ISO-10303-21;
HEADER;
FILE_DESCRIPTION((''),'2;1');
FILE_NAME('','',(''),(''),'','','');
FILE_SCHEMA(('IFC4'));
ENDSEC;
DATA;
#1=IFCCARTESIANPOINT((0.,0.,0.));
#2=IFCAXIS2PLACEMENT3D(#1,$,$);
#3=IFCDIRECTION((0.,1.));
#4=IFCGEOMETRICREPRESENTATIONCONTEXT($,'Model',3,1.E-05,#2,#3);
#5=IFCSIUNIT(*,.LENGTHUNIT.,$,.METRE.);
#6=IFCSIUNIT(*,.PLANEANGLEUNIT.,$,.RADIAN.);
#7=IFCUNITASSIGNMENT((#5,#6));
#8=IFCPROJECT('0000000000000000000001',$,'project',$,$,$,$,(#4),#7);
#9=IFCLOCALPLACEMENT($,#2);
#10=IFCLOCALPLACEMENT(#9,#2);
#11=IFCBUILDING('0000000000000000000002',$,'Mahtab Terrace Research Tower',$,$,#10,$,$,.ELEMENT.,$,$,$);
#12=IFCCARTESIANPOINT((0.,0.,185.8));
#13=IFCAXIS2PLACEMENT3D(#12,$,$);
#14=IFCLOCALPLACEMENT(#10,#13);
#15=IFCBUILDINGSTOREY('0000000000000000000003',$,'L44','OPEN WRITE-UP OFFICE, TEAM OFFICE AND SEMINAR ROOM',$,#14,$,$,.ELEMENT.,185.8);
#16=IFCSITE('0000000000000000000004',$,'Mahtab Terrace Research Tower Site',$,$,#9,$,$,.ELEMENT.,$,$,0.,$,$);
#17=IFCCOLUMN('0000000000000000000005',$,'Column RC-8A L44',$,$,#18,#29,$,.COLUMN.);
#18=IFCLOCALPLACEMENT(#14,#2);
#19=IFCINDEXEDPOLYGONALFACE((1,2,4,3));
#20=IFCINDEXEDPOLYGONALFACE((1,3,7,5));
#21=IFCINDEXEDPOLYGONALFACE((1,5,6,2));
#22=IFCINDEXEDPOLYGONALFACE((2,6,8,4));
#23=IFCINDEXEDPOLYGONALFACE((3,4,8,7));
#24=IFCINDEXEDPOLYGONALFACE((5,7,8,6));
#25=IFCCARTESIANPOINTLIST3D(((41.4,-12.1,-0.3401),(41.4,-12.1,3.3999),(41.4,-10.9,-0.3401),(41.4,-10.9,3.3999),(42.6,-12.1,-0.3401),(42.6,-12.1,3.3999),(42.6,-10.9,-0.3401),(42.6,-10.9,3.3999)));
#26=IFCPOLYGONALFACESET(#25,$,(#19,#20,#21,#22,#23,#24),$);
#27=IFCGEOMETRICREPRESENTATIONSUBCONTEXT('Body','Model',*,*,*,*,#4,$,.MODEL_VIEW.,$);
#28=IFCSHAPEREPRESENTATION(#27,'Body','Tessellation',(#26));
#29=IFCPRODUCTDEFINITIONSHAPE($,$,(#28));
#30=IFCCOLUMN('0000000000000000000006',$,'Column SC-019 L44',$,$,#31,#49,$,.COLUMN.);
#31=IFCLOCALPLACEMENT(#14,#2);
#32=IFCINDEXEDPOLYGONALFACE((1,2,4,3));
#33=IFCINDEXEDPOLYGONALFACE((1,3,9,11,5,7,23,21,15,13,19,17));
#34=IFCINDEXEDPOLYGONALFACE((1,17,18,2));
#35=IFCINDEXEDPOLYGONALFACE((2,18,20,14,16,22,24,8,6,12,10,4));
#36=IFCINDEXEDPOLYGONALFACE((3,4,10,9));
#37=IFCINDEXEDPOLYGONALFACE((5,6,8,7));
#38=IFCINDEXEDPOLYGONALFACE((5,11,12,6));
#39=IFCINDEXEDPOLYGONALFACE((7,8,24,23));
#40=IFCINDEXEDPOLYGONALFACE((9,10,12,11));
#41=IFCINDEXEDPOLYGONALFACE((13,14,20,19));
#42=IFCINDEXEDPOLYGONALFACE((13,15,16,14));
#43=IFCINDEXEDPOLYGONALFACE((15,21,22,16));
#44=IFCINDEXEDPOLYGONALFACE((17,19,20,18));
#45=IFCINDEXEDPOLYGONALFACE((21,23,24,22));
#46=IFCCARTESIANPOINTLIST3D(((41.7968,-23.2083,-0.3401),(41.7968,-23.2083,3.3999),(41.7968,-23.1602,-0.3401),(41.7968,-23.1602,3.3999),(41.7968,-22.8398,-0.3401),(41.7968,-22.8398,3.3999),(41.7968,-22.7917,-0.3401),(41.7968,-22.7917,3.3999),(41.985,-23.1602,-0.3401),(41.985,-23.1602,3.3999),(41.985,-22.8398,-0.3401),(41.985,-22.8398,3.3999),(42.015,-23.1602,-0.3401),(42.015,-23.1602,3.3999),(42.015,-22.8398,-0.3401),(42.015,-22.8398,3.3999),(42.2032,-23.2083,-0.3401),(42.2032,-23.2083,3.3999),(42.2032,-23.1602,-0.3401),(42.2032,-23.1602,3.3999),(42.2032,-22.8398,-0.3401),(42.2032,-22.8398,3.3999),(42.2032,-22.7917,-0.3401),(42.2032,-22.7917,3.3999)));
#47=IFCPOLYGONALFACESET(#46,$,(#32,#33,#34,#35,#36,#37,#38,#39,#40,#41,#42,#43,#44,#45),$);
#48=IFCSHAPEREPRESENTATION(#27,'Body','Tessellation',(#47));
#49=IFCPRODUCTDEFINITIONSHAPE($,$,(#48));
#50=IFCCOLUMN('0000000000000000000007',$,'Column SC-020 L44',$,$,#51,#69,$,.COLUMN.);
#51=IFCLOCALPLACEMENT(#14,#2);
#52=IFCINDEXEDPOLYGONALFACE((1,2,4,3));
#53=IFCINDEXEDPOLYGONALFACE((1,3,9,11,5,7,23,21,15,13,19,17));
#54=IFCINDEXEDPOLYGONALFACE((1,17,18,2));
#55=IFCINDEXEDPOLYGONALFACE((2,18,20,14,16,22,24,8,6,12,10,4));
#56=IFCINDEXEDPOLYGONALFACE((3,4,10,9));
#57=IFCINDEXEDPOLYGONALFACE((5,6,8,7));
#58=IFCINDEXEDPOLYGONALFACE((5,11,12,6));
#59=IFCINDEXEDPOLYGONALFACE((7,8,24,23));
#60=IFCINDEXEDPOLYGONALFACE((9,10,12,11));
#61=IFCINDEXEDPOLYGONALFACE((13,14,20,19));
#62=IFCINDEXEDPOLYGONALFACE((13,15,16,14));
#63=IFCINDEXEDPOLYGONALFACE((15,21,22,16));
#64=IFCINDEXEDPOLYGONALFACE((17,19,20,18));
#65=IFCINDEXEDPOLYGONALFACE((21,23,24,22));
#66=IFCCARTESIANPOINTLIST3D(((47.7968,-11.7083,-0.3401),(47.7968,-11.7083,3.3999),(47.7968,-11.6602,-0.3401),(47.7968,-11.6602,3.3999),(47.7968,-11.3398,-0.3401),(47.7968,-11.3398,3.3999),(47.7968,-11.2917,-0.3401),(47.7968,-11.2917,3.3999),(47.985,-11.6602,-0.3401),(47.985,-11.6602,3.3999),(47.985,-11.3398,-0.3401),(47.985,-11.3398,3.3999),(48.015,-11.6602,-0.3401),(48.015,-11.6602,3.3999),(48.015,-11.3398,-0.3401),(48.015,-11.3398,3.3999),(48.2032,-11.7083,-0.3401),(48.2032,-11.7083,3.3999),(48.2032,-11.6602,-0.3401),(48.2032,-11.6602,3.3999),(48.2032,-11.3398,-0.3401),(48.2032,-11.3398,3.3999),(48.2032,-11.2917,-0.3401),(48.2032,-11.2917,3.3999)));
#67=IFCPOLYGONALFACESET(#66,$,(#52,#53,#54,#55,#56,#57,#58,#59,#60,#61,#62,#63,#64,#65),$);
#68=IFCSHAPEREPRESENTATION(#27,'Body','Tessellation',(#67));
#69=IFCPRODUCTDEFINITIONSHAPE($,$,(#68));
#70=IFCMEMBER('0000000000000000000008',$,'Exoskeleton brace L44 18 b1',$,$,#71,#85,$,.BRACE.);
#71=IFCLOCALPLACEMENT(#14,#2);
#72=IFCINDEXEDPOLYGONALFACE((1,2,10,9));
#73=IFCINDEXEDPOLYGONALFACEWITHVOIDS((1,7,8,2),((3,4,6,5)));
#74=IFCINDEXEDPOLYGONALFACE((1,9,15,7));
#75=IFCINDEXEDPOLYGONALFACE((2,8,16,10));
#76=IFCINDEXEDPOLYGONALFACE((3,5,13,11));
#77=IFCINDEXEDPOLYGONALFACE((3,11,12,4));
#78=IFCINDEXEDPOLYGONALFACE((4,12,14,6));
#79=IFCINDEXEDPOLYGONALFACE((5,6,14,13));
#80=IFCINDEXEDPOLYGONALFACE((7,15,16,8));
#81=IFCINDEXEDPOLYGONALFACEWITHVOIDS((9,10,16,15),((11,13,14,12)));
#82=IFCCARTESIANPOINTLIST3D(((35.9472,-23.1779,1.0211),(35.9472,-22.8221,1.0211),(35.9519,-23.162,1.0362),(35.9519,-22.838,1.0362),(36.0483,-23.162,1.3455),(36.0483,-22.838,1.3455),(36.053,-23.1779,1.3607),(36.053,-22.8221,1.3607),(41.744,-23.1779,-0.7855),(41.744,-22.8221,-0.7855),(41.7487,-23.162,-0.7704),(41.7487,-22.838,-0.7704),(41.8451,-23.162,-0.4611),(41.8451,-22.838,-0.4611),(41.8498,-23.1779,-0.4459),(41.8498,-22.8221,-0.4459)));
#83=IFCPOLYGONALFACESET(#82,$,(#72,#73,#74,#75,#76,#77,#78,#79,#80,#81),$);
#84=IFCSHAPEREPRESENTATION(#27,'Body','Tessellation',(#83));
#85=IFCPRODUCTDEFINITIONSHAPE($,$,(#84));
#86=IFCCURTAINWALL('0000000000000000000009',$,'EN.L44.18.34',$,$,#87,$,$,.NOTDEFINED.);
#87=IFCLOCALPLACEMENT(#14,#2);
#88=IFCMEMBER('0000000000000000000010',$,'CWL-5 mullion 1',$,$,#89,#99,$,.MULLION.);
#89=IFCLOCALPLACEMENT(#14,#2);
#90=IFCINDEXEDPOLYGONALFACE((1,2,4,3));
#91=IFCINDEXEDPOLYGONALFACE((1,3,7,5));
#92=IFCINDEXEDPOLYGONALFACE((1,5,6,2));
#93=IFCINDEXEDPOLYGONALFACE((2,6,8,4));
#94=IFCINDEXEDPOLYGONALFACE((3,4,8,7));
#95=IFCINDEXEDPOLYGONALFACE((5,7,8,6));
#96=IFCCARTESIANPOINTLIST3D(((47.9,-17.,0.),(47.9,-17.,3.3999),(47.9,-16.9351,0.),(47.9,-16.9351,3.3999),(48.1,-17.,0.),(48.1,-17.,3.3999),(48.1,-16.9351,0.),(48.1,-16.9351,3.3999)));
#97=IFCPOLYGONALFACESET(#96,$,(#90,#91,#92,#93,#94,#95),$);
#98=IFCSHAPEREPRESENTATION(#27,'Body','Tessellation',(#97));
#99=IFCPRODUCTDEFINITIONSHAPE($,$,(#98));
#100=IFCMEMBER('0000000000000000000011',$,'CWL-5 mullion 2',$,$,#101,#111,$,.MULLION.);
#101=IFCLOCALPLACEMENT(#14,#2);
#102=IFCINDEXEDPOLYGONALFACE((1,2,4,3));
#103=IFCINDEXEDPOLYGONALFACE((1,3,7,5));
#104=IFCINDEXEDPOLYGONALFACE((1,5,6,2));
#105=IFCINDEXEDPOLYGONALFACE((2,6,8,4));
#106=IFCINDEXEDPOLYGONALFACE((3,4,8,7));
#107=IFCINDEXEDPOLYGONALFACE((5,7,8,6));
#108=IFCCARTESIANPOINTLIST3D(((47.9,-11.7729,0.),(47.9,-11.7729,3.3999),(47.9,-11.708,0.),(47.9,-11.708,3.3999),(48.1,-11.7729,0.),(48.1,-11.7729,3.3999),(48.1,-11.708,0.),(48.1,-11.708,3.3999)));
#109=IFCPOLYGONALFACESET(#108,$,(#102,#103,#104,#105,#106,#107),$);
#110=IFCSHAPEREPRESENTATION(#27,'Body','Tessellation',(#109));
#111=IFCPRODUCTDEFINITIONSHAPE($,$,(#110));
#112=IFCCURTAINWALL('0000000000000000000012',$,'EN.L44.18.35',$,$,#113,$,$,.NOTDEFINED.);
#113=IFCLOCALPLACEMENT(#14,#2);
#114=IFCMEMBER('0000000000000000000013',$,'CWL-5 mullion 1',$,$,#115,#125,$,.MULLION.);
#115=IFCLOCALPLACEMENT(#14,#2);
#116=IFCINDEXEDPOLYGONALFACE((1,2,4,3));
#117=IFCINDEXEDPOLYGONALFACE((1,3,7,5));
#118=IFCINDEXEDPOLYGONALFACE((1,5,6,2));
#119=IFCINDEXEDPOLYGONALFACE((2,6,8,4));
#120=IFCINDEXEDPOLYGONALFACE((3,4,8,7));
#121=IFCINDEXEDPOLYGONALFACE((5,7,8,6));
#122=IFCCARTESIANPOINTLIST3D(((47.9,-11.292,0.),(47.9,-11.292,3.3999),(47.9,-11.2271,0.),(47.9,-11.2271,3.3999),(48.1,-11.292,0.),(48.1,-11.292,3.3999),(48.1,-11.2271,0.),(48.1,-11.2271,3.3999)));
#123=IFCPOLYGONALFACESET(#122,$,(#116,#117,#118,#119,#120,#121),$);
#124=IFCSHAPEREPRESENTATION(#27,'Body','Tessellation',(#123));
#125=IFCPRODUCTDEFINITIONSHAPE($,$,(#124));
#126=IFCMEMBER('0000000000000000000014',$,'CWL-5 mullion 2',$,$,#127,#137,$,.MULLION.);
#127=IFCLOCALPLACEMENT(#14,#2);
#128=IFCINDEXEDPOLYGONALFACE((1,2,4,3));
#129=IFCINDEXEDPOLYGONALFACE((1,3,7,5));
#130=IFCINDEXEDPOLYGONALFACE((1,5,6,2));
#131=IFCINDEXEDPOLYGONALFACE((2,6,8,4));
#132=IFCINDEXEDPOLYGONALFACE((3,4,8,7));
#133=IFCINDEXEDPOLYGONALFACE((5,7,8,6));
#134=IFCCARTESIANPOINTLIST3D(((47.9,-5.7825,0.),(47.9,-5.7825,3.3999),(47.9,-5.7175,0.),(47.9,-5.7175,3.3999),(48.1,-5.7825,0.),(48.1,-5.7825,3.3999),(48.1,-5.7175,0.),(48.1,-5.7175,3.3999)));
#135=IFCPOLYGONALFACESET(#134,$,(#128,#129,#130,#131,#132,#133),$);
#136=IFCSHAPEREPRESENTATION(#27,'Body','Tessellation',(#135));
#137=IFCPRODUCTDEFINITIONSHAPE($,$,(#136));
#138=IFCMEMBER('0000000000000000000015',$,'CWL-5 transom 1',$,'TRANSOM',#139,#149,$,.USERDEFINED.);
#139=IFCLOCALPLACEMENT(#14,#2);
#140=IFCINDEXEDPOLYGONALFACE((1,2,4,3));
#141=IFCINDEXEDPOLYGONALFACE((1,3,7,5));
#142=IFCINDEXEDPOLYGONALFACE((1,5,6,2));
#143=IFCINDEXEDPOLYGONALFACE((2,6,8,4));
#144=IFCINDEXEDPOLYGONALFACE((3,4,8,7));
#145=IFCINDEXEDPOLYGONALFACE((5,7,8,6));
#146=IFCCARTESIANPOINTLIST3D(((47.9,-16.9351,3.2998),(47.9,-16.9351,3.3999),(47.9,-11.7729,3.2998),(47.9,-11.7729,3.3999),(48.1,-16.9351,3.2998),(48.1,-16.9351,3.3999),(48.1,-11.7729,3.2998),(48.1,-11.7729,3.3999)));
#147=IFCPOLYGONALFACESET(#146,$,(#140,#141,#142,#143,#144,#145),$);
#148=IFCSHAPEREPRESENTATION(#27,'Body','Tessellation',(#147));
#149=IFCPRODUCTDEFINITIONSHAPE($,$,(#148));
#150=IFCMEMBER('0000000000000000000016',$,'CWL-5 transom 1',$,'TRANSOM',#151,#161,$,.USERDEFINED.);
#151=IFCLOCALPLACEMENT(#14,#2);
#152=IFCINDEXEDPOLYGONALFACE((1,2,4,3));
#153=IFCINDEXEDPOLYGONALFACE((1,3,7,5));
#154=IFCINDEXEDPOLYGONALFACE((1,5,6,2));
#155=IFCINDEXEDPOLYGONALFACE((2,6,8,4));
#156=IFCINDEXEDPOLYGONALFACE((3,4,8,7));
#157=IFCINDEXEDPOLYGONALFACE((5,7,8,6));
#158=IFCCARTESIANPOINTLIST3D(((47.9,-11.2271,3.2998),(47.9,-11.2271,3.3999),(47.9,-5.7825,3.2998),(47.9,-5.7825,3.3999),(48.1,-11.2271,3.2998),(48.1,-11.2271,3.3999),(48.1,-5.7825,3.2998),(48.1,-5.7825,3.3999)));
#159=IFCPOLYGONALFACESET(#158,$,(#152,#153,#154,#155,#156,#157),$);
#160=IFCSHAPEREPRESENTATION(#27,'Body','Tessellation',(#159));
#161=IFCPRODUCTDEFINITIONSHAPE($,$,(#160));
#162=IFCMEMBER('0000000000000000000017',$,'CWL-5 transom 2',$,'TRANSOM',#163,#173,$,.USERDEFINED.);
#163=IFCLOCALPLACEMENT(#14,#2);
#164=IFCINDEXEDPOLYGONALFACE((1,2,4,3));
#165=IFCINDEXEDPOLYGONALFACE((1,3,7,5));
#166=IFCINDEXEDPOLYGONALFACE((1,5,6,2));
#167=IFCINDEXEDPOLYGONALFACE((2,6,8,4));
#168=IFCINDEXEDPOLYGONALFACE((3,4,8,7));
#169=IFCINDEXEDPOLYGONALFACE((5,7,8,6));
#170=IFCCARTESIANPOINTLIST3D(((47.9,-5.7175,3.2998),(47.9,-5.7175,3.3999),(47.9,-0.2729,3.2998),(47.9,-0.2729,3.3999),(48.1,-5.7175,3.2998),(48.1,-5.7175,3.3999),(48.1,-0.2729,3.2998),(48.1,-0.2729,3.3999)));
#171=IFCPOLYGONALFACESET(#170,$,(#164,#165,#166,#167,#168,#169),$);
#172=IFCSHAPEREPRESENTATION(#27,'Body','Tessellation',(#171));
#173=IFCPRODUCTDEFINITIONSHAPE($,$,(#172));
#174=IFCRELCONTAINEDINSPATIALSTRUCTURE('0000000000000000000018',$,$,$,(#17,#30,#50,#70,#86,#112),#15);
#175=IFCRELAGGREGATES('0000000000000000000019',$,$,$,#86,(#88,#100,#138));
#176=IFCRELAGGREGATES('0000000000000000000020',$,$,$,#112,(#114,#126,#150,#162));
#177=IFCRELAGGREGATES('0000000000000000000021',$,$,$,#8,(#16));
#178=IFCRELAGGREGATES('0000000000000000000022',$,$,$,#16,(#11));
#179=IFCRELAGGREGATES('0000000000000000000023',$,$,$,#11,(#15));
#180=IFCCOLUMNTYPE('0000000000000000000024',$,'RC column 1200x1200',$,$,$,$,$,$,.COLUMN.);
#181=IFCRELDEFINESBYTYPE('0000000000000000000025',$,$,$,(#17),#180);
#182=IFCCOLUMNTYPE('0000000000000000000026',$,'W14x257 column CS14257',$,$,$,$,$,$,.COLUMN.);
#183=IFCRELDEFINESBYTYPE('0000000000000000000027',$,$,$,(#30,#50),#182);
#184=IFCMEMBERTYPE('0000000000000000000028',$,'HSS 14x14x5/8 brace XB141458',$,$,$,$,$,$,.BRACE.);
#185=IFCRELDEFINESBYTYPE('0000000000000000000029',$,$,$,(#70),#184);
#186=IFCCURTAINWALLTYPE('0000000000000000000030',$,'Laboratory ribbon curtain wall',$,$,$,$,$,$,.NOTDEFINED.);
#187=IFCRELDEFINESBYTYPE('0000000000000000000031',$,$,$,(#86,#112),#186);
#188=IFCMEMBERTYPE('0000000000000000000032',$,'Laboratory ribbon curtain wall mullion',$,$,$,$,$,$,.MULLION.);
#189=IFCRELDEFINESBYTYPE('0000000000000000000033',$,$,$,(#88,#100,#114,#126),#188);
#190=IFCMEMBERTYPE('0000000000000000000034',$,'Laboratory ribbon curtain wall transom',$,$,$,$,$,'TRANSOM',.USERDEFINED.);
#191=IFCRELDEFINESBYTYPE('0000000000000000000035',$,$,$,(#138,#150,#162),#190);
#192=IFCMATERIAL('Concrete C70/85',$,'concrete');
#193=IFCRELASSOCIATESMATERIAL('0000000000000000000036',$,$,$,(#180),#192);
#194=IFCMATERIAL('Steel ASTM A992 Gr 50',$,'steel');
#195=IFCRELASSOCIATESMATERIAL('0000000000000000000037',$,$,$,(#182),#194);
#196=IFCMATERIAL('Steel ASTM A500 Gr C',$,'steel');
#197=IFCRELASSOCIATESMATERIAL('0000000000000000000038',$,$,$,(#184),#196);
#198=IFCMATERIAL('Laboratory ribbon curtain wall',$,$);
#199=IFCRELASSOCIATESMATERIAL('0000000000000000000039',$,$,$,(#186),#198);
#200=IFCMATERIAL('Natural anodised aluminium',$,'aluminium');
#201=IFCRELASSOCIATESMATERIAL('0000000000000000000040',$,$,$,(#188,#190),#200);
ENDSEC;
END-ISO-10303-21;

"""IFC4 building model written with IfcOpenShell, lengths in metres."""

from ifc_helpers import new_model, si_unit, direction, frame, origin, origin_2d, place, context, subcontext, project, spatial, rectangle, hollow_rectangle, i_section, extrude, material, material_profile, profile_set, type_object, element, aggregate, save


model = new_model("IFC4")

# Units and contexts
model_context = context("Model", 3, precision=1e-05, world=origin(), true_north=direction((0.0, 1.0)))
body_context = subcontext(model_context, "Body", "Model", "MODEL_VIEW")
ifc_project = project(units=[si_unit("LENGTHUNIT", "METRE"), si_unit("PLANEANGLEUNIT", "RADIAN")], contexts=[model_context])

# Site, building, storey
site_placement = place(None, origin())
site = spatial("IfcSite", under=ifc_project, at=site_placement, Name="Mahtab Terrace Research Tower Site", CompositionType="ELEMENT", RefElevation=0.0)
building_placement = place(site_placement, origin())
building = spatial("IfcBuilding", under=site, at=building_placement, Name="Mahtab Terrace Research Tower", CompositionType="ELEMENT")
storey_placement = place(building_placement, frame((0.0, 0.0, 185.8)))
storey = spatial("IfcBuildingStorey", under=building, at=storey_placement, Name="L44", Description="OPEN WRITE-UP OFFICE, TEAM OFFICE AND SEMINAR ROOM", CompositionType="ELEMENT", Elevation=185.8)

# Columns
ifc_material_1 = material(Name="Concrete C70/85", Category="concrete")
ifc_material_profile_1 = material_profile(ifc_material_1, rectangle(XDim=1.2, YDim=1.2, at=origin_2d()), Name="RC column 1200x1200")
ifc_profile_set_1 = profile_set([ifc_material_profile_1], Name="Concrete C70/85")
column_type_1 = type_object("IfcColumnType", Name="RC column 1200x1200", PredefinedType="COLUMN", material=ifc_profile_set_1)
column_placement = place(storey_placement, frame((42.0, -11.5, -0.3401), z_axis=(0.0, 0.0, 1.0), x_axis=(1.0, 0.0, 0.0)))
element("IfcColumn", 1, at=column_placement, inside=storey, type_object=column_type_1, Name="Column RC-8A L44", PredefinedType="COLUMN", context=body_context, shape_type="SweptSolid", body=[
    extrude(rectangle(XDim=1.2, YDim=1.2, at=origin_2d()), origin(), (0.0, 0.0, 1.0), 3.74),
])
ifc_material_2 = material(Name="Steel ASTM A992 Gr 50", Category="steel")
ifc_material_profile_2 = material_profile(ifc_material_2, i_section(OverallWidth=0.4065, OverallDepth=0.4165, WebThickness=0.03, FlangeThickness=0.0481, at=origin_2d()), Name="W14X257")
ifc_profile_set_2 = profile_set([ifc_material_profile_2], Name="Steel ASTM A992 Gr 50")
column_type_2 = type_object("IfcColumnType", Name="W14x257 column CS14257", PredefinedType="COLUMN", material=ifc_profile_set_2)
for number, where, z_axis, x_axis, name in (
    (2, (42.0, -23.0, -0.3401), (0.0, 0.0, 1.0), (1.0, 0.0, 0.0), "Column SC-019 L44"),
    (3, (48.0, -11.5, -0.3401), (0.0, 0.0, 1.0), (1.0, 0.0, 0.0), "Column SC-020 L44"),
):
    element("IfcColumn", number, at=place(storey_placement, frame(where, z_axis=z_axis, x_axis=x_axis)), inside=storey, type_object=column_type_2, Name=name, PredefinedType="COLUMN", context=body_context, shape_type="SweptSolid", body=[
        extrude(i_section(OverallWidth=0.4065, OverallDepth=0.4165, WebThickness=0.03, FlangeThickness=0.0481, at=origin_2d()), origin(), (0.0, 0.0, 1.0), 3.74),
    ])

# Member
ifc_material_3 = material(Name="Steel ASTM A500 Gr C", Category="steel")
ifc_material_profile_3 = material_profile(ifc_material_3, hollow_rectangle(XDim=0.3557, YDim=0.3557, WallThickness=0.0159, at=origin_2d()), Name="HSS14X14X5/8")
ifc_profile_set_3 = profile_set([ifc_material_profile_3], Name="Steel ASTM A500 Gr C")
member_type_1 = type_object("IfcMemberType", Name="HSS 14x14x5/8 brace XB141458", PredefinedType="BRACE", material=ifc_profile_set_3)
member_1_placement = place(storey_placement, frame((41.7969, -23.0, -0.6157), z_axis=(-0.954709, 0.0, 0.297542), x_axis=(0.0, -1.0, 0.0)))
element("IfcMember", 4, at=member_1_placement, inside=storey, type_object=member_type_1, Name="Exoskeleton brace L44 18 b1", PredefinedType="BRACE", context=body_context, shape_type="SweptSolid", body=[
    extrude(hollow_rectangle(XDim=0.3557, YDim=0.3557, WallThickness=0.0159, at=origin_2d()), origin(), (0.0, 0.0, 1.0), 6.0718),
])

# Curtain walls, members
ifc_material_4 = material(Name="Laboratory ribbon curtain wall")
curtain_wall_type = type_object("IfcCurtainWallType", Name="Laboratory ribbon curtain wall", PredefinedType="NOTDEFINED", material=ifc_material_4)
curtain_wall_1_placement = place(storey_placement, origin())
curtain_wall_1 = element("IfcCurtainWall", 5, at=curtain_wall_1_placement, inside=storey, type_object=curtain_wall_type, Name="EN.L44.18.34", PredefinedType="NOTDEFINED")
ifc_material_5 = material(Name="Natural anodised aluminium", Category="aluminium")
ifc_material_profile_4 = material_profile(ifc_material_5, rectangle(XDim=0.2, YDim=0.0649, at=origin_2d()), Name="MULLION 65x200")
ifc_profile_set_4 = profile_set([ifc_material_profile_4], Name="Natural anodised aluminium")
member_type_2 = type_object("IfcMemberType", Name="Laboratory ribbon curtain wall mullion", PredefinedType="MULLION", material=ifc_profile_set_4)
member_2_placement = place(storey_placement, frame((48.0, -16.9675, 0.0), z_axis=(0.0, 0.0, 1.0), x_axis=(-1.0, 0.0, 0.0)))
member_2 = element("IfcMember", 6, at=member_2_placement, type_object=member_type_2, Name="CWL-5 mullion 1", PredefinedType="MULLION", context=body_context, shape_type="SweptSolid", body=[
    extrude(rectangle(XDim=0.2, YDim=0.0649, at=origin_2d()), origin(), (0.0, 0.0, 1.0), 3.3999),
])
member_3_placement = place(storey_placement, frame((48.0, -11.7405, 0.0), z_axis=(0.0, 0.0, 1.0), x_axis=(-1.0, 0.0, 0.0)))
member_3 = element("IfcMember", 7, at=member_3_placement, type_object=member_type_2, Name="CWL-5 mullion 2", PredefinedType="MULLION", context=body_context, shape_type="SweptSolid", body=[
    extrude(rectangle(XDim=0.2, YDim=0.0649, at=origin_2d()), origin(), (0.0, 0.0, 1.0), 3.3999),
])
curtain_wall_2_placement = place(storey_placement, origin())
curtain_wall_2 = element("IfcCurtainWall", 8, at=curtain_wall_2_placement, inside=storey, type_object=curtain_wall_type, Name="EN.L44.18.35", PredefinedType="NOTDEFINED")
member_4_placement = place(storey_placement, frame((48.0, -11.2595, 0.0), z_axis=(0.0, 0.0, 1.0), x_axis=(-1.0, 0.0, 0.0)))
member_4 = element("IfcMember", 9, at=member_4_placement, type_object=member_type_2, Name="CWL-5 mullion 1", PredefinedType="MULLION", context=body_context, shape_type="SweptSolid", body=[
    extrude(rectangle(XDim=0.2, YDim=0.0649, at=origin_2d()), origin(), (0.0, 0.0, 1.0), 3.3999),
])
member_5_placement = place(storey_placement, frame((48.0, -5.75, 0.0), z_axis=(0.0, 0.0, 1.0), x_axis=(-1.0, 0.0, 0.0)))
member_5 = element("IfcMember", 10, at=member_5_placement, type_object=member_type_2, Name="CWL-5 mullion 2", PredefinedType="MULLION", context=body_context, shape_type="SweptSolid", body=[
    extrude(rectangle(XDim=0.2, YDim=0.0649, at=origin_2d()), origin(), (0.0, 0.0, 1.0), 3.3999),
])

# Members
ifc_material_profile_5 = material_profile(ifc_material_5, rectangle(XDim=0.2, YDim=0.1001, at=origin_2d()), Name="TRANSOM 100x200")
ifc_profile_set_5 = profile_set([ifc_material_profile_5], Name="Natural anodised aluminium")
member_type_3 = type_object("IfcMemberType", Name="Laboratory ribbon curtain wall transom", ElementType="TRANSOM", PredefinedType="USERDEFINED", material=ifc_profile_set_5)
member_6_placement = place(storey_placement, frame((48.0, -16.9351, 3.3499), z_axis=(0.0, 1.0, 0.0), x_axis=(-1.0, 0.0, 0.0)))
member_6 = element("IfcMember", 11, at=member_6_placement, type_object=member_type_3, Name="CWL-5 transom 1", ObjectType="TRANSOM", PredefinedType="USERDEFINED", context=body_context, shape_type="SweptSolid", body=[
    extrude(rectangle(XDim=0.2, YDim=0.1001, at=origin_2d()), origin(), (0.0, 0.0, 1.0), 5.1621),
])
member_7_placement = place(storey_placement, frame((48.0, -11.2271, 3.3499), z_axis=(0.0, 1.0, 0.0), x_axis=(-1.0, 0.0, 0.0)))
member_7 = element("IfcMember", 12, at=member_7_placement, type_object=member_type_3, Name="CWL-5 transom 1", ObjectType="TRANSOM", PredefinedType="USERDEFINED", context=body_context, shape_type="SweptSolid", body=[
    extrude(rectangle(XDim=0.2, YDim=0.1001, at=origin_2d()), origin(), (0.0, 0.0, 1.0), 5.4446),
])
member_8_placement = place(storey_placement, frame((48.0, -5.7175, 3.3499), z_axis=(0.0, 1.0, 0.0), x_axis=(-1.0, 0.0, 0.0)))
member_8 = element("IfcMember", 13, at=member_8_placement, type_object=member_type_3, Name="CWL-5 transom 2", ObjectType="TRANSOM", PredefinedType="USERDEFINED", context=body_context, shape_type="SweptSolid", body=[
    extrude(rectangle(XDim=0.2, YDim=0.1001, at=origin_2d()), origin(), (0.0, 0.0, 1.0), 5.4446),
])

aggregate(curtain_wall_1, [member_2, member_3, member_6])
aggregate(curtain_wall_2, [member_4, member_5, member_7, member_8])

save(model, "model.ifc")
